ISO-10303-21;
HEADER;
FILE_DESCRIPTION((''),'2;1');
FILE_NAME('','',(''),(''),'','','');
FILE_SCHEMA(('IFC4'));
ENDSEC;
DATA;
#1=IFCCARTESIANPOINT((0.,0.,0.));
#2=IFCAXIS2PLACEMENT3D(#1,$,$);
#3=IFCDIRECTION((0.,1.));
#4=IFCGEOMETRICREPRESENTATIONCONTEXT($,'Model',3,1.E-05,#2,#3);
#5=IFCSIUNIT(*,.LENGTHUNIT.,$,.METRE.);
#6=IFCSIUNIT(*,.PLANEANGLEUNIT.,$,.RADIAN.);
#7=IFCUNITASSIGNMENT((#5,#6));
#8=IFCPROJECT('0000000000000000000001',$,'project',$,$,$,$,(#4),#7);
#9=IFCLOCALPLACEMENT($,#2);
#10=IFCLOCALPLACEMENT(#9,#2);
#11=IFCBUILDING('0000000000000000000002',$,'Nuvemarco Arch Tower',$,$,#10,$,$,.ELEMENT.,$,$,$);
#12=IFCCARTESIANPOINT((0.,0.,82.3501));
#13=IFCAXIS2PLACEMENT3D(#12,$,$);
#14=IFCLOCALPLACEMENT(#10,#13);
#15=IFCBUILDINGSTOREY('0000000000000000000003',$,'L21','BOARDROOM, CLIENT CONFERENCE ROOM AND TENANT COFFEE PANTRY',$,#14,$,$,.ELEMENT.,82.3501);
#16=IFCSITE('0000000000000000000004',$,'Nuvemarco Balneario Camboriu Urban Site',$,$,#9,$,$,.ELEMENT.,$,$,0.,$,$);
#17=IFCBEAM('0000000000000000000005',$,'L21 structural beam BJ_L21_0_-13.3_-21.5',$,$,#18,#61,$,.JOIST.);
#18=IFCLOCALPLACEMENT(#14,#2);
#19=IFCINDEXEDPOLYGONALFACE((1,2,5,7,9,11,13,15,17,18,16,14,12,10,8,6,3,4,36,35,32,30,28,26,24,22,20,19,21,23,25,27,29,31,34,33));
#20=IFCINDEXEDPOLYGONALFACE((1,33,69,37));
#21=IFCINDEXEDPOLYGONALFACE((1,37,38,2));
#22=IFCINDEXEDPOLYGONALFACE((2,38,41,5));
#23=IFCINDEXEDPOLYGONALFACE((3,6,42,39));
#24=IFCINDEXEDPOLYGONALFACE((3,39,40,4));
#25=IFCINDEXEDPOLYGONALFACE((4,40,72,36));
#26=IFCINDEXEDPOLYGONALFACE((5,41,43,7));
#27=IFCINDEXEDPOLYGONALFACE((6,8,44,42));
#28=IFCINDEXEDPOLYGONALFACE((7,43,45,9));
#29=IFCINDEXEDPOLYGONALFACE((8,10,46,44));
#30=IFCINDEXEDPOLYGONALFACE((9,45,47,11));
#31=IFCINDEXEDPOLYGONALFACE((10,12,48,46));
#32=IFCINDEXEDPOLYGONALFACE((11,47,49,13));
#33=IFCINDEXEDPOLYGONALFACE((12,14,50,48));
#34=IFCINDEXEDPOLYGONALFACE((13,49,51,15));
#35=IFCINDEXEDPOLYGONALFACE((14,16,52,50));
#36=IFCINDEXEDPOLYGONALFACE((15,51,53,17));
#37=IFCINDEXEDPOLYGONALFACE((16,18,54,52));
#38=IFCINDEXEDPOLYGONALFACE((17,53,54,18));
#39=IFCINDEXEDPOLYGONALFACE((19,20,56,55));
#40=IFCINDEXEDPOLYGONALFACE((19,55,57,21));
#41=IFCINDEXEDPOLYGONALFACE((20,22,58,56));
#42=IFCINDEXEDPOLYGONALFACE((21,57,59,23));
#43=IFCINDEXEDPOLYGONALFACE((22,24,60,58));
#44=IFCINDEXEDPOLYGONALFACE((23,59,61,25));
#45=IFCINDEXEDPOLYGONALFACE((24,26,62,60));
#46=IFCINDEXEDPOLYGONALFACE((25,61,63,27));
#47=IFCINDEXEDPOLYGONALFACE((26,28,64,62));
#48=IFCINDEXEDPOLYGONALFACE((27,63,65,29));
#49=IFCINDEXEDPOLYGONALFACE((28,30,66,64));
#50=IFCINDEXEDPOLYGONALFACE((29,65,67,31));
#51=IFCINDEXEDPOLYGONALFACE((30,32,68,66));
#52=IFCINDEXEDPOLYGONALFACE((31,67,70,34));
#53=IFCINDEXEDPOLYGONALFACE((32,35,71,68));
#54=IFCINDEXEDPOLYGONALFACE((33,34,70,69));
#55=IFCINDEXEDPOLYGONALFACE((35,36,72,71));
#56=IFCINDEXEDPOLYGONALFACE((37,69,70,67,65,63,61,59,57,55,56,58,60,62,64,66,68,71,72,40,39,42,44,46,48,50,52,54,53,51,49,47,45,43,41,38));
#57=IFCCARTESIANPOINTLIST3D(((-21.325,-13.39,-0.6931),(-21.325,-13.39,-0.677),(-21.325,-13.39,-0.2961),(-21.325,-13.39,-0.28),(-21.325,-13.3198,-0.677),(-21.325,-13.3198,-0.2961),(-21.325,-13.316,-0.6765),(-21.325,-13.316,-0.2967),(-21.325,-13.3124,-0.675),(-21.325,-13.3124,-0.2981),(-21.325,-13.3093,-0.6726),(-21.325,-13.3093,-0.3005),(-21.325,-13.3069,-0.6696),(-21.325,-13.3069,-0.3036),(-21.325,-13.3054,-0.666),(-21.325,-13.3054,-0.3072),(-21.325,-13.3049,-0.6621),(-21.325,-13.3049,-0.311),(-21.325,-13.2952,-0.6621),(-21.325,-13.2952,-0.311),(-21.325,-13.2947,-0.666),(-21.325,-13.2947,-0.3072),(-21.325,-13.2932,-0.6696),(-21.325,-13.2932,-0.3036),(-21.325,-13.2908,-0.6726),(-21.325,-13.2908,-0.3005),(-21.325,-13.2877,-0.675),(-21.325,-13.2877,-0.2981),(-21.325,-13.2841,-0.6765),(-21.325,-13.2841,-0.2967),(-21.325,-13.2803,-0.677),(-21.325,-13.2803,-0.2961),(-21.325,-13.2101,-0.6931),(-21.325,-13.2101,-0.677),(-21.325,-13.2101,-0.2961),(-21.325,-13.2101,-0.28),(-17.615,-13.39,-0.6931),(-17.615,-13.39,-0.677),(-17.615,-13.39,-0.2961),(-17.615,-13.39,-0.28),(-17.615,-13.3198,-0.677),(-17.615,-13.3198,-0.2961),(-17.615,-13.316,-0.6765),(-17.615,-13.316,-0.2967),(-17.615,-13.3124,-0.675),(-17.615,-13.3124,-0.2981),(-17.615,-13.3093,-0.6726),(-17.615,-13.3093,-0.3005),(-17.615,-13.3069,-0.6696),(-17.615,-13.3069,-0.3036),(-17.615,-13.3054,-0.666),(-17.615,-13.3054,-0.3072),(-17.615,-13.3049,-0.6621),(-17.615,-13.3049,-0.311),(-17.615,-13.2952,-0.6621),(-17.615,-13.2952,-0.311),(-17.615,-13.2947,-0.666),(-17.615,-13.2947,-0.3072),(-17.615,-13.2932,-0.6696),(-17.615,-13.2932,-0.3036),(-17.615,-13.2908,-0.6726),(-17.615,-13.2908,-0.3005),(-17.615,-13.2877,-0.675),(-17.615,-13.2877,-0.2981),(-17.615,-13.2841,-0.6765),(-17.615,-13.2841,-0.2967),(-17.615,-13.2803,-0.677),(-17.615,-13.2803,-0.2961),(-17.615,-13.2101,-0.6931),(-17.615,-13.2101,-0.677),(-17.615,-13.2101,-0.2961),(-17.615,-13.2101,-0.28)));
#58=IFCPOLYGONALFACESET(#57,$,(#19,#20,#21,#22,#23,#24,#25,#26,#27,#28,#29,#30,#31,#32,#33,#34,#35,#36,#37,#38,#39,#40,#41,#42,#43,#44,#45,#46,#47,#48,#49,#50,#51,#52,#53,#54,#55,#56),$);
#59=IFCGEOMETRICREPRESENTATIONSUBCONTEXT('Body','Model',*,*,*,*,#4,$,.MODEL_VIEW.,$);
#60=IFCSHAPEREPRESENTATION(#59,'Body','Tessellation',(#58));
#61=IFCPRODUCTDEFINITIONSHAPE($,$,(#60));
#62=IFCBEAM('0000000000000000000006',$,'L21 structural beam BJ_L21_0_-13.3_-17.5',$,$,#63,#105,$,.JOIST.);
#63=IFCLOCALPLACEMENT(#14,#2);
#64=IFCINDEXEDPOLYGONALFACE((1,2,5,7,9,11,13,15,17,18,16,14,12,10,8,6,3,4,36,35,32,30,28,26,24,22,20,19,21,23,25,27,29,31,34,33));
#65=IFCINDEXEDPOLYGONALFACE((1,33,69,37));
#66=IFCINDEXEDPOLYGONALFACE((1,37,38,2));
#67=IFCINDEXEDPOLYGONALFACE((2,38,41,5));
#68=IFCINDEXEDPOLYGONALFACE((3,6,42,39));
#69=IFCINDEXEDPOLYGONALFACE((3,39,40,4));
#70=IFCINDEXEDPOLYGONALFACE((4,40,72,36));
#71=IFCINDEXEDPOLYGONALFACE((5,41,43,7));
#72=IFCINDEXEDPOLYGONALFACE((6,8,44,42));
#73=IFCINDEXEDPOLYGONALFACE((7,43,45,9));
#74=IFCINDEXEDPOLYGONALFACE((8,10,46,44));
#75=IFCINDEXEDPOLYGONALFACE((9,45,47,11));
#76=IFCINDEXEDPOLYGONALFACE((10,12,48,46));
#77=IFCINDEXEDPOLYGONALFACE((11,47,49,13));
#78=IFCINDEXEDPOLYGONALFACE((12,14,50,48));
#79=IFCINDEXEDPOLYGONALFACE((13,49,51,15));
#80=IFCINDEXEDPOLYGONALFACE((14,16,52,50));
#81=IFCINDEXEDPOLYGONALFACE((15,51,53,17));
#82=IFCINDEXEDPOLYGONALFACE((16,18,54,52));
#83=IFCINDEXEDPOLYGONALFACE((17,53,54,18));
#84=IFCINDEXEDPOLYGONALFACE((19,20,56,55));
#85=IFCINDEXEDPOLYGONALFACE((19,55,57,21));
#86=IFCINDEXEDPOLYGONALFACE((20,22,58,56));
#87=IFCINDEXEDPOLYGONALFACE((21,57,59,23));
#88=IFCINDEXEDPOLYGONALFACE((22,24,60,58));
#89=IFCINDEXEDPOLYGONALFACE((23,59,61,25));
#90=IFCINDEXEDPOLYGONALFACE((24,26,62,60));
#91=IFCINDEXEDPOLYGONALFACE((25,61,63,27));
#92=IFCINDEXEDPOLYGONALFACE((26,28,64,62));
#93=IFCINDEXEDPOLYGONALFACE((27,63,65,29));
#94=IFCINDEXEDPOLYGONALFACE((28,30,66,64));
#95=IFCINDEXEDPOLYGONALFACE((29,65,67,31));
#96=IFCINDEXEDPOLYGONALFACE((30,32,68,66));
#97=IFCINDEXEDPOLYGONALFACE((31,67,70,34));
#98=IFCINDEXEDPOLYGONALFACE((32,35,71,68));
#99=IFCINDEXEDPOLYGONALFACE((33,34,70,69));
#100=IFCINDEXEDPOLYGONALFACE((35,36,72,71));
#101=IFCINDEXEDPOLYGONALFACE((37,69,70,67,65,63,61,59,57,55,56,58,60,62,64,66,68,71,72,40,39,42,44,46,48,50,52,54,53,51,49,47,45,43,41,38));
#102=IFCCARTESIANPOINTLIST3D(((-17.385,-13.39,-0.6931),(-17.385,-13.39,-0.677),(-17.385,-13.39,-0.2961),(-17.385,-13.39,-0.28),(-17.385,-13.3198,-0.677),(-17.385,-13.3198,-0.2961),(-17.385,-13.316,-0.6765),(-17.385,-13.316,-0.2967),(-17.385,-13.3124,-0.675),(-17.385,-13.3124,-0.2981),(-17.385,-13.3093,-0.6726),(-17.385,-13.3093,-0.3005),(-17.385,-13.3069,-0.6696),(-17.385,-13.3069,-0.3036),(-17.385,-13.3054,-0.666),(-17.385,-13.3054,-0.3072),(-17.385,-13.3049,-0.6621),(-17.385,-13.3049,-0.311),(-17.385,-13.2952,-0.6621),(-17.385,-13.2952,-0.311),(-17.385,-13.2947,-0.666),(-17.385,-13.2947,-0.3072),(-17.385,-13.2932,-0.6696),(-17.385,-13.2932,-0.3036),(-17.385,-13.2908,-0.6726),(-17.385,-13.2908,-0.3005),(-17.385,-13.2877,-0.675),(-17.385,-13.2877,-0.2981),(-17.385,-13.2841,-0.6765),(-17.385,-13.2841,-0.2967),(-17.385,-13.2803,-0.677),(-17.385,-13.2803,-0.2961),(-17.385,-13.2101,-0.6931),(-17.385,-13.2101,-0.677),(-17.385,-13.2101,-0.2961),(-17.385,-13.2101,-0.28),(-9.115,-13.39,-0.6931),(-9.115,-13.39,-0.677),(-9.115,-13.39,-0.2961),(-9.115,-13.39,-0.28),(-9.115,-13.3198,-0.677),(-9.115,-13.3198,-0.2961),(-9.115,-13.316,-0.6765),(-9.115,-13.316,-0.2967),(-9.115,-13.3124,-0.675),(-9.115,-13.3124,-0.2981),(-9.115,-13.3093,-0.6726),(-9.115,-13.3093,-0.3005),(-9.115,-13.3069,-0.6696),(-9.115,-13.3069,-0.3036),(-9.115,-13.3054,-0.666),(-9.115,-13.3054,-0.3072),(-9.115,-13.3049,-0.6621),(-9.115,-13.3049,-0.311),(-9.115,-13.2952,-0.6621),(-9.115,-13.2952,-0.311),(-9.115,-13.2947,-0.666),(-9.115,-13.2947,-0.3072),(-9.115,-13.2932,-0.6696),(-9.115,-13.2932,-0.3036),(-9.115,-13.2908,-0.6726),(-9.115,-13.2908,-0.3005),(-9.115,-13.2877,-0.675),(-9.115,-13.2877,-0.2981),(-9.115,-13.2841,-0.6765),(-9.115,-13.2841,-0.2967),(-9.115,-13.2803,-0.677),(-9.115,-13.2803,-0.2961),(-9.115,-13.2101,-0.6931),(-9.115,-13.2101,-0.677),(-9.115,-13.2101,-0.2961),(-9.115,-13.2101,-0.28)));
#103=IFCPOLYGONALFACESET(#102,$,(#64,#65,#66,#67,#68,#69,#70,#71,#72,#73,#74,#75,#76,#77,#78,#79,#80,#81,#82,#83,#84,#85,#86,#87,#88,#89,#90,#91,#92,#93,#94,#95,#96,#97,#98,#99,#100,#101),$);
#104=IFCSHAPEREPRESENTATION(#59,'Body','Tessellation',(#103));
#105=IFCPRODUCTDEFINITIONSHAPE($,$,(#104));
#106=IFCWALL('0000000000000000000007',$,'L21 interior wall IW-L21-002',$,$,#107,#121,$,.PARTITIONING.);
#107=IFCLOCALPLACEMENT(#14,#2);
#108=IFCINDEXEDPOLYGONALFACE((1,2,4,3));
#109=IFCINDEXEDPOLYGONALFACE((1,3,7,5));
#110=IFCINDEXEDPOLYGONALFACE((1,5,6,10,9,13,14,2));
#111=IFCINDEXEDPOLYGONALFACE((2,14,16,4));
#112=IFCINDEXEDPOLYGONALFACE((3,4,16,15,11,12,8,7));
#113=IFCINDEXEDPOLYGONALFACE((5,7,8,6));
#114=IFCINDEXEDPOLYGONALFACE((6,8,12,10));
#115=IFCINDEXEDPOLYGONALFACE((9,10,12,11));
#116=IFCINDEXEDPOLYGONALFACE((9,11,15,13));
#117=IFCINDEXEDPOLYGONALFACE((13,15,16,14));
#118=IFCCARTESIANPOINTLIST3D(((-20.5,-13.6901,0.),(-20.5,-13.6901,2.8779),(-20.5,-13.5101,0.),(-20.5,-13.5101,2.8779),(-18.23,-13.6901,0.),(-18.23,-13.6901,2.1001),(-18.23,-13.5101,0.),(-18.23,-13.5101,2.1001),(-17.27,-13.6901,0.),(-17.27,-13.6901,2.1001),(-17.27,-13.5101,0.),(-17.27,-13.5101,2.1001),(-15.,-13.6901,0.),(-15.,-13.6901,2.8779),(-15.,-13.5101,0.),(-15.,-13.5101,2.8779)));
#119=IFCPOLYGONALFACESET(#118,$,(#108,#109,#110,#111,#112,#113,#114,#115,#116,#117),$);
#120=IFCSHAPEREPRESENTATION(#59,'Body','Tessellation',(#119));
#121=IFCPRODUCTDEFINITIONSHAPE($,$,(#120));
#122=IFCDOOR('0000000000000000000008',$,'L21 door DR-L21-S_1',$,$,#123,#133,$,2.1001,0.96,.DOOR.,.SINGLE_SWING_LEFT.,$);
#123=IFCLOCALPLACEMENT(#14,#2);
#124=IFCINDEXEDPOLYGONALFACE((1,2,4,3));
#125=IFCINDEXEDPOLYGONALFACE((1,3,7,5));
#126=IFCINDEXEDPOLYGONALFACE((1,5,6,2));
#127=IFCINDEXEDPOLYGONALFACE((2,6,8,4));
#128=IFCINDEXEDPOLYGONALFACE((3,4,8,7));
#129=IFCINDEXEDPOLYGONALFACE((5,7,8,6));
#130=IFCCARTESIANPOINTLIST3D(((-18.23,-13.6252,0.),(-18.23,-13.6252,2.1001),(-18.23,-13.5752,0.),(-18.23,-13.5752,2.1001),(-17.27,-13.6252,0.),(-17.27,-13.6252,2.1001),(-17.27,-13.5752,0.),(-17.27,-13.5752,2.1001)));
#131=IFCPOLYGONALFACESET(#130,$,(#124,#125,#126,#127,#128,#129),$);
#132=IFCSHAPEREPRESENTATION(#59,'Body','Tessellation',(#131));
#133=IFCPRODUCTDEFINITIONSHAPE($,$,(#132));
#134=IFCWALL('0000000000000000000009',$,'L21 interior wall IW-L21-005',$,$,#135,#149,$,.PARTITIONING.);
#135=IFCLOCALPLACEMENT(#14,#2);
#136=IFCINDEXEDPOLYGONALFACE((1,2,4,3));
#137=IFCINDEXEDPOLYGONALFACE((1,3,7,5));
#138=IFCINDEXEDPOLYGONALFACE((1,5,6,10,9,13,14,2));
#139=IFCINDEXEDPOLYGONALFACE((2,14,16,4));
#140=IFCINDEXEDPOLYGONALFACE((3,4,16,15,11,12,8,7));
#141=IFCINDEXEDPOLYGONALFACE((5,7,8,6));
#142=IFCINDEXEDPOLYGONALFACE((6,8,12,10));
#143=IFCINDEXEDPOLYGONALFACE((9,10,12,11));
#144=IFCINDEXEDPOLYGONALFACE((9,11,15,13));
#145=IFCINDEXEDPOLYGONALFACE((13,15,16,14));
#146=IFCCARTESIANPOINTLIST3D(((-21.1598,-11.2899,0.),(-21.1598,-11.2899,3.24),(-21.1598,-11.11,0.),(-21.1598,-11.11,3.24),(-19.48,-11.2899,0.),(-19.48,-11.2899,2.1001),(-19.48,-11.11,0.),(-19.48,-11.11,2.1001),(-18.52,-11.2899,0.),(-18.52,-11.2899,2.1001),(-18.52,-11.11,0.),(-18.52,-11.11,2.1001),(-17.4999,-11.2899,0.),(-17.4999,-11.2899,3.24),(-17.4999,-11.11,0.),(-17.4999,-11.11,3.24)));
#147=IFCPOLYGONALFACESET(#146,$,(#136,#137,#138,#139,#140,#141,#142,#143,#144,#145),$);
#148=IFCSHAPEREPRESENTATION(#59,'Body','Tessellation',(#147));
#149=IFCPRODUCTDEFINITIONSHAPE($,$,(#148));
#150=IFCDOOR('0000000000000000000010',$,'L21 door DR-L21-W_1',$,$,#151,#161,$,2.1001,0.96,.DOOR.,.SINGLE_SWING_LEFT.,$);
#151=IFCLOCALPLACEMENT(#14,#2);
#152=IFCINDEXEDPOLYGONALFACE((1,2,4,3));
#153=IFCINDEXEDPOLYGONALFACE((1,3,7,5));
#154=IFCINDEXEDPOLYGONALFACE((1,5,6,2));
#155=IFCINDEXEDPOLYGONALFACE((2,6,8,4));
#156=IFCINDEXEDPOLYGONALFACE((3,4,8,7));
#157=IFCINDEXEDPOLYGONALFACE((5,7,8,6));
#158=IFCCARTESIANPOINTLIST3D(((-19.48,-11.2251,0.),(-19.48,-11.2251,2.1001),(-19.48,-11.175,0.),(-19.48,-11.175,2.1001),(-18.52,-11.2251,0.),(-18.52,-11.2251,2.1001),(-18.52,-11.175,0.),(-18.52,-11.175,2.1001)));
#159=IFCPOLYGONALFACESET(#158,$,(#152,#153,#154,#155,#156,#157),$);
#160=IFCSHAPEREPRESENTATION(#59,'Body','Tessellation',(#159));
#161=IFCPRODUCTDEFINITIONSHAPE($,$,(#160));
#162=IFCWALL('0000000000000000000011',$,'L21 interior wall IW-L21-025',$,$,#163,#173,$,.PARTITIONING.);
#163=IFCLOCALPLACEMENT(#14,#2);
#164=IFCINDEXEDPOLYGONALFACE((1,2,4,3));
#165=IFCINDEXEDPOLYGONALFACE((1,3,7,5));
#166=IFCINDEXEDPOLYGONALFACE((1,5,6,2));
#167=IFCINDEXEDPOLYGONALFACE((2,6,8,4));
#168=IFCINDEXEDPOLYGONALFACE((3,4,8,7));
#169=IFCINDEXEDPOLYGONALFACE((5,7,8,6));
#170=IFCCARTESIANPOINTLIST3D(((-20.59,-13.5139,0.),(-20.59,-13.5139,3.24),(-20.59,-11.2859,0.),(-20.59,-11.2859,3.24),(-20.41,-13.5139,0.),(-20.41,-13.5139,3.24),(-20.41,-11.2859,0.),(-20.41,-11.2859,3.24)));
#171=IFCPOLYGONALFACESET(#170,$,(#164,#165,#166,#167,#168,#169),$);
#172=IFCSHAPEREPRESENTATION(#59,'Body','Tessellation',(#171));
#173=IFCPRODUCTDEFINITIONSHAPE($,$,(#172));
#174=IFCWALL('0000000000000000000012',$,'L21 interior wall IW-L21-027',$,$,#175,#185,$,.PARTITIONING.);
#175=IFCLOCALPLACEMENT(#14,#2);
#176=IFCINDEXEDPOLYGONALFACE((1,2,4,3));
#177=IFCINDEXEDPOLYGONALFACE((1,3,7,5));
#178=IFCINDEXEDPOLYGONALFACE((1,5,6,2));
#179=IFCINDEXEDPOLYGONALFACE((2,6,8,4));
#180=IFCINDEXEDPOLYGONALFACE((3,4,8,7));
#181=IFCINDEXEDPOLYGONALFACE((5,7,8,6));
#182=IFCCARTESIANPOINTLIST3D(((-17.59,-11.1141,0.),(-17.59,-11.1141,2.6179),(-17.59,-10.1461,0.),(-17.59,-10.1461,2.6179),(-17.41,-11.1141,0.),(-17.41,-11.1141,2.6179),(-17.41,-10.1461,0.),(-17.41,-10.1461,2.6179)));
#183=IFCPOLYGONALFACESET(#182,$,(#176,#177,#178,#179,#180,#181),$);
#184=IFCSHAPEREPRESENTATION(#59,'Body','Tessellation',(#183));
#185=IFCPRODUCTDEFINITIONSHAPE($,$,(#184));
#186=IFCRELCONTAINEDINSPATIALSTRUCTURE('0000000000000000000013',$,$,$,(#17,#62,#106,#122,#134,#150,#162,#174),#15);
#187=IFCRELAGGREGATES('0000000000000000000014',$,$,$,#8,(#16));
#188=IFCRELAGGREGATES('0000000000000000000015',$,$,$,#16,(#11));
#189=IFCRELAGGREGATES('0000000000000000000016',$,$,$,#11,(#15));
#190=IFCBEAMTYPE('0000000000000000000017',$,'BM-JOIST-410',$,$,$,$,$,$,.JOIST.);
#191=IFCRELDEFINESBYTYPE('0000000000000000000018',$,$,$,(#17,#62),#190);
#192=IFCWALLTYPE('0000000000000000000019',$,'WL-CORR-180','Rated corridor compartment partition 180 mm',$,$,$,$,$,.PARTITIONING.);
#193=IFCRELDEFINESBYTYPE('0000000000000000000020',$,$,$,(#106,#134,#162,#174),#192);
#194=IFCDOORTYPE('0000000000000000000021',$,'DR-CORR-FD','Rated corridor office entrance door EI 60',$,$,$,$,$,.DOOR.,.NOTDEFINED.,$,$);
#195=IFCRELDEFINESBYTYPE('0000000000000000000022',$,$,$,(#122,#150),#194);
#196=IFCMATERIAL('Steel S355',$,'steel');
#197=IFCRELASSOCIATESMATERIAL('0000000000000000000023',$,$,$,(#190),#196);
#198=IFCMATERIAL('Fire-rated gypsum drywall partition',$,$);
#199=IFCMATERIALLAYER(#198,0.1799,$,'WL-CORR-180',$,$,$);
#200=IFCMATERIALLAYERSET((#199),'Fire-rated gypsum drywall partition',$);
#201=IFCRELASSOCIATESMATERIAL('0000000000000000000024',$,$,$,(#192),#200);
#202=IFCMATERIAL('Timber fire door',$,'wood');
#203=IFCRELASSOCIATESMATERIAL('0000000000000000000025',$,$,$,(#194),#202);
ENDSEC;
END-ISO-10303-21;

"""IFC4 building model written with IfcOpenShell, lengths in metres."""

from ifc_helpers import new_model, si_unit, direction, frame, frame_2d, origin, origin_2d, place, context, subcontext, project, spatial, rectangle, i_section, extrude, source, transform, mapped, material, layer, layer_set, material_profile, profile_set, type_object, type_shapes, element, fill, save


model = new_model("IFC4")

# Units and contexts
model_context = context("Model", 3, precision=1e-05, world=origin(), true_north=direction((0.0, 1.0)))
body_context = subcontext(model_context, "Body", "Model", "MODEL_VIEW")
ifc_project = project(units=[si_unit("LENGTHUNIT", "METRE"), si_unit("PLANEANGLEUNIT", "RADIAN")], contexts=[model_context])

# Site, building, storey
site_placement = place(None, origin())
site = spatial("IfcSite", under=ifc_project, at=site_placement, Name="Nuvemarco Balneario Camboriu Urban Site", CompositionType="ELEMENT", RefElevation=0.0)
building_placement = place(site_placement, origin())
building = spatial("IfcBuilding", under=site, at=building_placement, Name="Nuvemarco Arch Tower", CompositionType="ELEMENT")
storey_placement = place(building_placement, frame((0.0, 0.0, 82.3501)))
storey = spatial("IfcBuildingStorey", under=building, at=storey_placement, Name="L21", Description="BOARDROOM, CLIENT CONFERENCE ROOM AND TENANT COFFEE PANTRY", CompositionType="ELEMENT", Elevation=82.3501)

# Shared definitions
ifc_material_1 = material(Name="Steel S355", Category="steel")

# Beams
ifc_material_profile_1 = material_profile(ifc_material_1, i_section(OverallWidth=0.1799, OverallDepth=0.4131, WebThickness=0.0098, FlangeThickness=0.0161, FilletRadius=0.0149, at=origin_2d()), Name="W410x75")
ifc_profile_set_1 = profile_set([ifc_material_profile_1], Name="Steel S355")
beam_type_1 = type_object("IfcBeamType", Name="BM-JOIST-410", PredefinedType="JOIST", material=ifc_profile_set_1)
beam_1_placement = place(storey_placement, frame((-21.325, -13.3, -0.4866), z_axis=(1.0, 0.0, 0.0), x_axis=(0.0, 1.0, 0.0)))
element("IfcBeam", 1, at=beam_1_placement, inside=storey, type_object=beam_type_1, Name="L21 structural beam BJ_L21_0_-13.3_-21.5", PredefinedType="JOIST", context=body_context, shape_type="SweptSolid", body=[
    extrude(i_section(OverallWidth=0.1799, OverallDepth=0.4131, WebThickness=0.0098, FlangeThickness=0.0161, FilletRadius=0.0149, at=origin_2d()), origin(), (0.0, 0.0, 1.0), 3.71),
])
beam_2_placement = place(storey_placement, frame((-17.385, -13.3, -0.4866), z_axis=(1.0, 0.0, 0.0), x_axis=(0.0, 1.0, 0.0)))
element("IfcBeam", 2, at=beam_2_placement, inside=storey, type_object=beam_type_1, Name="L21 structural beam BJ_L21_0_-13.3_-17.5", PredefinedType="JOIST", context=body_context, shape_type="SweptSolid", body=[
    extrude(i_section(OverallWidth=0.1799, OverallDepth=0.4131, WebThickness=0.0098, FlangeThickness=0.0161, FilletRadius=0.0149, at=origin_2d()), origin(), (0.0, 0.0, 1.0), 8.27),
])

# Walls, openings, doors
ifc_material_2 = material(Name="Fire-rated gypsum drywall partition")
ifc_layer = layer(ifc_material_2, 0.1799, Name="WL-CORR-180")
ifc_layer_set = layer_set([ifc_layer], Name="Fire-rated gypsum drywall partition")
wall_type = type_object("IfcWallType", Name="WL-CORR-180", Description="Rated corridor compartment partition 180 mm", PredefinedType="PARTITIONING", material=ifc_layer_set)
wall_1_placement = place(storey_placement, frame((-20.5, -13.6001, 0.0), z_axis=(0.0, 0.0, 1.0), x_axis=(1.0, 0.0, 0.0)))
wall_1 = element("IfcWall", 3, at=wall_1_placement, inside=storey, type_object=wall_type, Name="L21 interior wall IW-L21-002", PredefinedType="PARTITIONING", context=body_context, shape_type="SweptSolid", body=[
    extrude(rectangle(XDim=5.5, YDim=0.1799, at=frame_2d((2.75, 0.0))), origin(), (0.0, 0.0, 1.0), 2.8779),
])
opening_1_placement = place(wall_1_placement, frame((2.27, 0.0, 0.0)))
opening_1 = element("IfcOpeningElement", 4, at=opening_1_placement, cuts=wall_1, PredefinedType="OPENING", context=body_context, shape_type="SweptSolid", body=[
    extrude(rectangle(XDim=0.96, YDim=2.1001, at=frame_2d((0.48, 1.05))), frame((0.0, 0.0999, 0.0), z_axis=(0.0, -1.0, 0.0), x_axis=(1.0, 0.0, 0.0)), (0.0, 0.0, 1.0), 0.2),
])
ifc_material_3 = material(Name="Timber fire door", Category="wood")
door_type = type_object("IfcDoorType", Name="DR-CORR-FD", Description="Rated corridor office entrance door EI 60", OperationType="NOTDEFINED", PredefinedType="DOOR", material=ifc_material_3)
shared_shape = source(origin(), body_context, "Body", "SweptSolid", [
    extrude(rectangle(XDim=0.96, YDim=2.1001, at=frame_2d((0.48, 1.05))), frame((0.0, 0.0249, 0.0), z_axis=(0.0, -1.0, 0.0), x_axis=(1.0, 0.0, 0.0)), (0.0, 0.0, 1.0), 0.05),
])
type_shapes(door_type, [shared_shape])
door_1_placement = place(opening_1_placement, origin())
door_1 = element("IfcDoor", 5, at=door_1_placement, inside=storey, type_object=door_type, Name="L21 door DR-L21-S_1", OperationType="SINGLE_SWING_LEFT", OverallHeight=2.1001, OverallWidth=0.96, PredefinedType="DOOR", context=body_context, shape_type="MappedRepresentation", body=[
    mapped(shared_shape, transform((0.0, 0.0, 0.0), scale=1.0)),
])
fill(opening_1, door_1)
wall_2_placement = place(storey_placement, frame((-21.1599, -11.2, 0.0), z_axis=(0.0, 0.0, 1.0), x_axis=(1.0, 0.0, 0.0)))
wall_2 = element("IfcWall", 6, at=wall_2_placement, inside=storey, type_object=wall_type, Name="L21 interior wall IW-L21-005", PredefinedType="PARTITIONING", context=body_context, shape_type="SweptSolid", body=[
    extrude(rectangle(XDim=3.6599, YDim=0.1799, at=frame_2d((1.8301, 0.0))), origin(), (0.0, 0.0, 1.0), 3.24),
])
opening_2_placement = place(wall_2_placement, frame((1.6799, 0.0, 0.0)))
opening_2 = element("IfcOpeningElement", 7, at=opening_2_placement, cuts=wall_2, PredefinedType="OPENING", context=body_context, shape_type="SweptSolid", body=[
    extrude(rectangle(XDim=0.96, YDim=2.1001, at=frame_2d((0.48, 1.05))), frame((0.0, 0.0999, 0.0), z_axis=(0.0, -1.0, 0.0), x_axis=(1.0, 0.0, 0.0)), (0.0, 0.0, 1.0), 0.2),
])
door_2_placement = place(opening_2_placement, origin())
door_2 = element("IfcDoor", 8, at=door_2_placement, inside=storey, type_object=door_type, Name="L21 door DR-L21-W_1", OperationType="SINGLE_SWING_LEFT", OverallHeight=2.1001, OverallWidth=0.96, PredefinedType="DOOR", context=body_context, shape_type="MappedRepresentation", body=[
    mapped(shared_shape, transform((0.0, 0.0, 0.0), scale=1.0)),
])
fill(opening_2, door_2)

# Walls
wall_3_placement = place(storey_placement, frame((-20.5, -13.5139, 0.0), z_axis=(0.0, 0.0, 1.0), x_axis=(0.0, 1.0, 0.0)))
element("IfcWall", 9, at=wall_3_placement, inside=storey, type_object=wall_type, Name="L21 interior wall IW-L21-025", PredefinedType="PARTITIONING", context=body_context, shape_type="SweptSolid", body=[
    extrude(rectangle(XDim=2.228, YDim=0.1799, at=frame_2d((1.114, 0.0))), origin(), (0.0, 0.0, 1.0), 3.24),
])
wall_4_placement = place(storey_placement, frame((-17.5, -11.114, 0.0), z_axis=(0.0, 0.0, 1.0), x_axis=(0.0, 1.0, 0.0)))
element("IfcWall", 10, at=wall_4_placement, inside=storey, type_object=wall_type, Name="L21 interior wall IW-L21-027", PredefinedType="PARTITIONING", context=body_context, shape_type="SweptSolid", body=[
    extrude(rectangle(XDim=0.968, YDim=0.1799, at=frame_2d((0.4839, 0.0))), origin(), (0.0, 0.0, 1.0), 2.6179),
])

save(model, "model.ifc")
